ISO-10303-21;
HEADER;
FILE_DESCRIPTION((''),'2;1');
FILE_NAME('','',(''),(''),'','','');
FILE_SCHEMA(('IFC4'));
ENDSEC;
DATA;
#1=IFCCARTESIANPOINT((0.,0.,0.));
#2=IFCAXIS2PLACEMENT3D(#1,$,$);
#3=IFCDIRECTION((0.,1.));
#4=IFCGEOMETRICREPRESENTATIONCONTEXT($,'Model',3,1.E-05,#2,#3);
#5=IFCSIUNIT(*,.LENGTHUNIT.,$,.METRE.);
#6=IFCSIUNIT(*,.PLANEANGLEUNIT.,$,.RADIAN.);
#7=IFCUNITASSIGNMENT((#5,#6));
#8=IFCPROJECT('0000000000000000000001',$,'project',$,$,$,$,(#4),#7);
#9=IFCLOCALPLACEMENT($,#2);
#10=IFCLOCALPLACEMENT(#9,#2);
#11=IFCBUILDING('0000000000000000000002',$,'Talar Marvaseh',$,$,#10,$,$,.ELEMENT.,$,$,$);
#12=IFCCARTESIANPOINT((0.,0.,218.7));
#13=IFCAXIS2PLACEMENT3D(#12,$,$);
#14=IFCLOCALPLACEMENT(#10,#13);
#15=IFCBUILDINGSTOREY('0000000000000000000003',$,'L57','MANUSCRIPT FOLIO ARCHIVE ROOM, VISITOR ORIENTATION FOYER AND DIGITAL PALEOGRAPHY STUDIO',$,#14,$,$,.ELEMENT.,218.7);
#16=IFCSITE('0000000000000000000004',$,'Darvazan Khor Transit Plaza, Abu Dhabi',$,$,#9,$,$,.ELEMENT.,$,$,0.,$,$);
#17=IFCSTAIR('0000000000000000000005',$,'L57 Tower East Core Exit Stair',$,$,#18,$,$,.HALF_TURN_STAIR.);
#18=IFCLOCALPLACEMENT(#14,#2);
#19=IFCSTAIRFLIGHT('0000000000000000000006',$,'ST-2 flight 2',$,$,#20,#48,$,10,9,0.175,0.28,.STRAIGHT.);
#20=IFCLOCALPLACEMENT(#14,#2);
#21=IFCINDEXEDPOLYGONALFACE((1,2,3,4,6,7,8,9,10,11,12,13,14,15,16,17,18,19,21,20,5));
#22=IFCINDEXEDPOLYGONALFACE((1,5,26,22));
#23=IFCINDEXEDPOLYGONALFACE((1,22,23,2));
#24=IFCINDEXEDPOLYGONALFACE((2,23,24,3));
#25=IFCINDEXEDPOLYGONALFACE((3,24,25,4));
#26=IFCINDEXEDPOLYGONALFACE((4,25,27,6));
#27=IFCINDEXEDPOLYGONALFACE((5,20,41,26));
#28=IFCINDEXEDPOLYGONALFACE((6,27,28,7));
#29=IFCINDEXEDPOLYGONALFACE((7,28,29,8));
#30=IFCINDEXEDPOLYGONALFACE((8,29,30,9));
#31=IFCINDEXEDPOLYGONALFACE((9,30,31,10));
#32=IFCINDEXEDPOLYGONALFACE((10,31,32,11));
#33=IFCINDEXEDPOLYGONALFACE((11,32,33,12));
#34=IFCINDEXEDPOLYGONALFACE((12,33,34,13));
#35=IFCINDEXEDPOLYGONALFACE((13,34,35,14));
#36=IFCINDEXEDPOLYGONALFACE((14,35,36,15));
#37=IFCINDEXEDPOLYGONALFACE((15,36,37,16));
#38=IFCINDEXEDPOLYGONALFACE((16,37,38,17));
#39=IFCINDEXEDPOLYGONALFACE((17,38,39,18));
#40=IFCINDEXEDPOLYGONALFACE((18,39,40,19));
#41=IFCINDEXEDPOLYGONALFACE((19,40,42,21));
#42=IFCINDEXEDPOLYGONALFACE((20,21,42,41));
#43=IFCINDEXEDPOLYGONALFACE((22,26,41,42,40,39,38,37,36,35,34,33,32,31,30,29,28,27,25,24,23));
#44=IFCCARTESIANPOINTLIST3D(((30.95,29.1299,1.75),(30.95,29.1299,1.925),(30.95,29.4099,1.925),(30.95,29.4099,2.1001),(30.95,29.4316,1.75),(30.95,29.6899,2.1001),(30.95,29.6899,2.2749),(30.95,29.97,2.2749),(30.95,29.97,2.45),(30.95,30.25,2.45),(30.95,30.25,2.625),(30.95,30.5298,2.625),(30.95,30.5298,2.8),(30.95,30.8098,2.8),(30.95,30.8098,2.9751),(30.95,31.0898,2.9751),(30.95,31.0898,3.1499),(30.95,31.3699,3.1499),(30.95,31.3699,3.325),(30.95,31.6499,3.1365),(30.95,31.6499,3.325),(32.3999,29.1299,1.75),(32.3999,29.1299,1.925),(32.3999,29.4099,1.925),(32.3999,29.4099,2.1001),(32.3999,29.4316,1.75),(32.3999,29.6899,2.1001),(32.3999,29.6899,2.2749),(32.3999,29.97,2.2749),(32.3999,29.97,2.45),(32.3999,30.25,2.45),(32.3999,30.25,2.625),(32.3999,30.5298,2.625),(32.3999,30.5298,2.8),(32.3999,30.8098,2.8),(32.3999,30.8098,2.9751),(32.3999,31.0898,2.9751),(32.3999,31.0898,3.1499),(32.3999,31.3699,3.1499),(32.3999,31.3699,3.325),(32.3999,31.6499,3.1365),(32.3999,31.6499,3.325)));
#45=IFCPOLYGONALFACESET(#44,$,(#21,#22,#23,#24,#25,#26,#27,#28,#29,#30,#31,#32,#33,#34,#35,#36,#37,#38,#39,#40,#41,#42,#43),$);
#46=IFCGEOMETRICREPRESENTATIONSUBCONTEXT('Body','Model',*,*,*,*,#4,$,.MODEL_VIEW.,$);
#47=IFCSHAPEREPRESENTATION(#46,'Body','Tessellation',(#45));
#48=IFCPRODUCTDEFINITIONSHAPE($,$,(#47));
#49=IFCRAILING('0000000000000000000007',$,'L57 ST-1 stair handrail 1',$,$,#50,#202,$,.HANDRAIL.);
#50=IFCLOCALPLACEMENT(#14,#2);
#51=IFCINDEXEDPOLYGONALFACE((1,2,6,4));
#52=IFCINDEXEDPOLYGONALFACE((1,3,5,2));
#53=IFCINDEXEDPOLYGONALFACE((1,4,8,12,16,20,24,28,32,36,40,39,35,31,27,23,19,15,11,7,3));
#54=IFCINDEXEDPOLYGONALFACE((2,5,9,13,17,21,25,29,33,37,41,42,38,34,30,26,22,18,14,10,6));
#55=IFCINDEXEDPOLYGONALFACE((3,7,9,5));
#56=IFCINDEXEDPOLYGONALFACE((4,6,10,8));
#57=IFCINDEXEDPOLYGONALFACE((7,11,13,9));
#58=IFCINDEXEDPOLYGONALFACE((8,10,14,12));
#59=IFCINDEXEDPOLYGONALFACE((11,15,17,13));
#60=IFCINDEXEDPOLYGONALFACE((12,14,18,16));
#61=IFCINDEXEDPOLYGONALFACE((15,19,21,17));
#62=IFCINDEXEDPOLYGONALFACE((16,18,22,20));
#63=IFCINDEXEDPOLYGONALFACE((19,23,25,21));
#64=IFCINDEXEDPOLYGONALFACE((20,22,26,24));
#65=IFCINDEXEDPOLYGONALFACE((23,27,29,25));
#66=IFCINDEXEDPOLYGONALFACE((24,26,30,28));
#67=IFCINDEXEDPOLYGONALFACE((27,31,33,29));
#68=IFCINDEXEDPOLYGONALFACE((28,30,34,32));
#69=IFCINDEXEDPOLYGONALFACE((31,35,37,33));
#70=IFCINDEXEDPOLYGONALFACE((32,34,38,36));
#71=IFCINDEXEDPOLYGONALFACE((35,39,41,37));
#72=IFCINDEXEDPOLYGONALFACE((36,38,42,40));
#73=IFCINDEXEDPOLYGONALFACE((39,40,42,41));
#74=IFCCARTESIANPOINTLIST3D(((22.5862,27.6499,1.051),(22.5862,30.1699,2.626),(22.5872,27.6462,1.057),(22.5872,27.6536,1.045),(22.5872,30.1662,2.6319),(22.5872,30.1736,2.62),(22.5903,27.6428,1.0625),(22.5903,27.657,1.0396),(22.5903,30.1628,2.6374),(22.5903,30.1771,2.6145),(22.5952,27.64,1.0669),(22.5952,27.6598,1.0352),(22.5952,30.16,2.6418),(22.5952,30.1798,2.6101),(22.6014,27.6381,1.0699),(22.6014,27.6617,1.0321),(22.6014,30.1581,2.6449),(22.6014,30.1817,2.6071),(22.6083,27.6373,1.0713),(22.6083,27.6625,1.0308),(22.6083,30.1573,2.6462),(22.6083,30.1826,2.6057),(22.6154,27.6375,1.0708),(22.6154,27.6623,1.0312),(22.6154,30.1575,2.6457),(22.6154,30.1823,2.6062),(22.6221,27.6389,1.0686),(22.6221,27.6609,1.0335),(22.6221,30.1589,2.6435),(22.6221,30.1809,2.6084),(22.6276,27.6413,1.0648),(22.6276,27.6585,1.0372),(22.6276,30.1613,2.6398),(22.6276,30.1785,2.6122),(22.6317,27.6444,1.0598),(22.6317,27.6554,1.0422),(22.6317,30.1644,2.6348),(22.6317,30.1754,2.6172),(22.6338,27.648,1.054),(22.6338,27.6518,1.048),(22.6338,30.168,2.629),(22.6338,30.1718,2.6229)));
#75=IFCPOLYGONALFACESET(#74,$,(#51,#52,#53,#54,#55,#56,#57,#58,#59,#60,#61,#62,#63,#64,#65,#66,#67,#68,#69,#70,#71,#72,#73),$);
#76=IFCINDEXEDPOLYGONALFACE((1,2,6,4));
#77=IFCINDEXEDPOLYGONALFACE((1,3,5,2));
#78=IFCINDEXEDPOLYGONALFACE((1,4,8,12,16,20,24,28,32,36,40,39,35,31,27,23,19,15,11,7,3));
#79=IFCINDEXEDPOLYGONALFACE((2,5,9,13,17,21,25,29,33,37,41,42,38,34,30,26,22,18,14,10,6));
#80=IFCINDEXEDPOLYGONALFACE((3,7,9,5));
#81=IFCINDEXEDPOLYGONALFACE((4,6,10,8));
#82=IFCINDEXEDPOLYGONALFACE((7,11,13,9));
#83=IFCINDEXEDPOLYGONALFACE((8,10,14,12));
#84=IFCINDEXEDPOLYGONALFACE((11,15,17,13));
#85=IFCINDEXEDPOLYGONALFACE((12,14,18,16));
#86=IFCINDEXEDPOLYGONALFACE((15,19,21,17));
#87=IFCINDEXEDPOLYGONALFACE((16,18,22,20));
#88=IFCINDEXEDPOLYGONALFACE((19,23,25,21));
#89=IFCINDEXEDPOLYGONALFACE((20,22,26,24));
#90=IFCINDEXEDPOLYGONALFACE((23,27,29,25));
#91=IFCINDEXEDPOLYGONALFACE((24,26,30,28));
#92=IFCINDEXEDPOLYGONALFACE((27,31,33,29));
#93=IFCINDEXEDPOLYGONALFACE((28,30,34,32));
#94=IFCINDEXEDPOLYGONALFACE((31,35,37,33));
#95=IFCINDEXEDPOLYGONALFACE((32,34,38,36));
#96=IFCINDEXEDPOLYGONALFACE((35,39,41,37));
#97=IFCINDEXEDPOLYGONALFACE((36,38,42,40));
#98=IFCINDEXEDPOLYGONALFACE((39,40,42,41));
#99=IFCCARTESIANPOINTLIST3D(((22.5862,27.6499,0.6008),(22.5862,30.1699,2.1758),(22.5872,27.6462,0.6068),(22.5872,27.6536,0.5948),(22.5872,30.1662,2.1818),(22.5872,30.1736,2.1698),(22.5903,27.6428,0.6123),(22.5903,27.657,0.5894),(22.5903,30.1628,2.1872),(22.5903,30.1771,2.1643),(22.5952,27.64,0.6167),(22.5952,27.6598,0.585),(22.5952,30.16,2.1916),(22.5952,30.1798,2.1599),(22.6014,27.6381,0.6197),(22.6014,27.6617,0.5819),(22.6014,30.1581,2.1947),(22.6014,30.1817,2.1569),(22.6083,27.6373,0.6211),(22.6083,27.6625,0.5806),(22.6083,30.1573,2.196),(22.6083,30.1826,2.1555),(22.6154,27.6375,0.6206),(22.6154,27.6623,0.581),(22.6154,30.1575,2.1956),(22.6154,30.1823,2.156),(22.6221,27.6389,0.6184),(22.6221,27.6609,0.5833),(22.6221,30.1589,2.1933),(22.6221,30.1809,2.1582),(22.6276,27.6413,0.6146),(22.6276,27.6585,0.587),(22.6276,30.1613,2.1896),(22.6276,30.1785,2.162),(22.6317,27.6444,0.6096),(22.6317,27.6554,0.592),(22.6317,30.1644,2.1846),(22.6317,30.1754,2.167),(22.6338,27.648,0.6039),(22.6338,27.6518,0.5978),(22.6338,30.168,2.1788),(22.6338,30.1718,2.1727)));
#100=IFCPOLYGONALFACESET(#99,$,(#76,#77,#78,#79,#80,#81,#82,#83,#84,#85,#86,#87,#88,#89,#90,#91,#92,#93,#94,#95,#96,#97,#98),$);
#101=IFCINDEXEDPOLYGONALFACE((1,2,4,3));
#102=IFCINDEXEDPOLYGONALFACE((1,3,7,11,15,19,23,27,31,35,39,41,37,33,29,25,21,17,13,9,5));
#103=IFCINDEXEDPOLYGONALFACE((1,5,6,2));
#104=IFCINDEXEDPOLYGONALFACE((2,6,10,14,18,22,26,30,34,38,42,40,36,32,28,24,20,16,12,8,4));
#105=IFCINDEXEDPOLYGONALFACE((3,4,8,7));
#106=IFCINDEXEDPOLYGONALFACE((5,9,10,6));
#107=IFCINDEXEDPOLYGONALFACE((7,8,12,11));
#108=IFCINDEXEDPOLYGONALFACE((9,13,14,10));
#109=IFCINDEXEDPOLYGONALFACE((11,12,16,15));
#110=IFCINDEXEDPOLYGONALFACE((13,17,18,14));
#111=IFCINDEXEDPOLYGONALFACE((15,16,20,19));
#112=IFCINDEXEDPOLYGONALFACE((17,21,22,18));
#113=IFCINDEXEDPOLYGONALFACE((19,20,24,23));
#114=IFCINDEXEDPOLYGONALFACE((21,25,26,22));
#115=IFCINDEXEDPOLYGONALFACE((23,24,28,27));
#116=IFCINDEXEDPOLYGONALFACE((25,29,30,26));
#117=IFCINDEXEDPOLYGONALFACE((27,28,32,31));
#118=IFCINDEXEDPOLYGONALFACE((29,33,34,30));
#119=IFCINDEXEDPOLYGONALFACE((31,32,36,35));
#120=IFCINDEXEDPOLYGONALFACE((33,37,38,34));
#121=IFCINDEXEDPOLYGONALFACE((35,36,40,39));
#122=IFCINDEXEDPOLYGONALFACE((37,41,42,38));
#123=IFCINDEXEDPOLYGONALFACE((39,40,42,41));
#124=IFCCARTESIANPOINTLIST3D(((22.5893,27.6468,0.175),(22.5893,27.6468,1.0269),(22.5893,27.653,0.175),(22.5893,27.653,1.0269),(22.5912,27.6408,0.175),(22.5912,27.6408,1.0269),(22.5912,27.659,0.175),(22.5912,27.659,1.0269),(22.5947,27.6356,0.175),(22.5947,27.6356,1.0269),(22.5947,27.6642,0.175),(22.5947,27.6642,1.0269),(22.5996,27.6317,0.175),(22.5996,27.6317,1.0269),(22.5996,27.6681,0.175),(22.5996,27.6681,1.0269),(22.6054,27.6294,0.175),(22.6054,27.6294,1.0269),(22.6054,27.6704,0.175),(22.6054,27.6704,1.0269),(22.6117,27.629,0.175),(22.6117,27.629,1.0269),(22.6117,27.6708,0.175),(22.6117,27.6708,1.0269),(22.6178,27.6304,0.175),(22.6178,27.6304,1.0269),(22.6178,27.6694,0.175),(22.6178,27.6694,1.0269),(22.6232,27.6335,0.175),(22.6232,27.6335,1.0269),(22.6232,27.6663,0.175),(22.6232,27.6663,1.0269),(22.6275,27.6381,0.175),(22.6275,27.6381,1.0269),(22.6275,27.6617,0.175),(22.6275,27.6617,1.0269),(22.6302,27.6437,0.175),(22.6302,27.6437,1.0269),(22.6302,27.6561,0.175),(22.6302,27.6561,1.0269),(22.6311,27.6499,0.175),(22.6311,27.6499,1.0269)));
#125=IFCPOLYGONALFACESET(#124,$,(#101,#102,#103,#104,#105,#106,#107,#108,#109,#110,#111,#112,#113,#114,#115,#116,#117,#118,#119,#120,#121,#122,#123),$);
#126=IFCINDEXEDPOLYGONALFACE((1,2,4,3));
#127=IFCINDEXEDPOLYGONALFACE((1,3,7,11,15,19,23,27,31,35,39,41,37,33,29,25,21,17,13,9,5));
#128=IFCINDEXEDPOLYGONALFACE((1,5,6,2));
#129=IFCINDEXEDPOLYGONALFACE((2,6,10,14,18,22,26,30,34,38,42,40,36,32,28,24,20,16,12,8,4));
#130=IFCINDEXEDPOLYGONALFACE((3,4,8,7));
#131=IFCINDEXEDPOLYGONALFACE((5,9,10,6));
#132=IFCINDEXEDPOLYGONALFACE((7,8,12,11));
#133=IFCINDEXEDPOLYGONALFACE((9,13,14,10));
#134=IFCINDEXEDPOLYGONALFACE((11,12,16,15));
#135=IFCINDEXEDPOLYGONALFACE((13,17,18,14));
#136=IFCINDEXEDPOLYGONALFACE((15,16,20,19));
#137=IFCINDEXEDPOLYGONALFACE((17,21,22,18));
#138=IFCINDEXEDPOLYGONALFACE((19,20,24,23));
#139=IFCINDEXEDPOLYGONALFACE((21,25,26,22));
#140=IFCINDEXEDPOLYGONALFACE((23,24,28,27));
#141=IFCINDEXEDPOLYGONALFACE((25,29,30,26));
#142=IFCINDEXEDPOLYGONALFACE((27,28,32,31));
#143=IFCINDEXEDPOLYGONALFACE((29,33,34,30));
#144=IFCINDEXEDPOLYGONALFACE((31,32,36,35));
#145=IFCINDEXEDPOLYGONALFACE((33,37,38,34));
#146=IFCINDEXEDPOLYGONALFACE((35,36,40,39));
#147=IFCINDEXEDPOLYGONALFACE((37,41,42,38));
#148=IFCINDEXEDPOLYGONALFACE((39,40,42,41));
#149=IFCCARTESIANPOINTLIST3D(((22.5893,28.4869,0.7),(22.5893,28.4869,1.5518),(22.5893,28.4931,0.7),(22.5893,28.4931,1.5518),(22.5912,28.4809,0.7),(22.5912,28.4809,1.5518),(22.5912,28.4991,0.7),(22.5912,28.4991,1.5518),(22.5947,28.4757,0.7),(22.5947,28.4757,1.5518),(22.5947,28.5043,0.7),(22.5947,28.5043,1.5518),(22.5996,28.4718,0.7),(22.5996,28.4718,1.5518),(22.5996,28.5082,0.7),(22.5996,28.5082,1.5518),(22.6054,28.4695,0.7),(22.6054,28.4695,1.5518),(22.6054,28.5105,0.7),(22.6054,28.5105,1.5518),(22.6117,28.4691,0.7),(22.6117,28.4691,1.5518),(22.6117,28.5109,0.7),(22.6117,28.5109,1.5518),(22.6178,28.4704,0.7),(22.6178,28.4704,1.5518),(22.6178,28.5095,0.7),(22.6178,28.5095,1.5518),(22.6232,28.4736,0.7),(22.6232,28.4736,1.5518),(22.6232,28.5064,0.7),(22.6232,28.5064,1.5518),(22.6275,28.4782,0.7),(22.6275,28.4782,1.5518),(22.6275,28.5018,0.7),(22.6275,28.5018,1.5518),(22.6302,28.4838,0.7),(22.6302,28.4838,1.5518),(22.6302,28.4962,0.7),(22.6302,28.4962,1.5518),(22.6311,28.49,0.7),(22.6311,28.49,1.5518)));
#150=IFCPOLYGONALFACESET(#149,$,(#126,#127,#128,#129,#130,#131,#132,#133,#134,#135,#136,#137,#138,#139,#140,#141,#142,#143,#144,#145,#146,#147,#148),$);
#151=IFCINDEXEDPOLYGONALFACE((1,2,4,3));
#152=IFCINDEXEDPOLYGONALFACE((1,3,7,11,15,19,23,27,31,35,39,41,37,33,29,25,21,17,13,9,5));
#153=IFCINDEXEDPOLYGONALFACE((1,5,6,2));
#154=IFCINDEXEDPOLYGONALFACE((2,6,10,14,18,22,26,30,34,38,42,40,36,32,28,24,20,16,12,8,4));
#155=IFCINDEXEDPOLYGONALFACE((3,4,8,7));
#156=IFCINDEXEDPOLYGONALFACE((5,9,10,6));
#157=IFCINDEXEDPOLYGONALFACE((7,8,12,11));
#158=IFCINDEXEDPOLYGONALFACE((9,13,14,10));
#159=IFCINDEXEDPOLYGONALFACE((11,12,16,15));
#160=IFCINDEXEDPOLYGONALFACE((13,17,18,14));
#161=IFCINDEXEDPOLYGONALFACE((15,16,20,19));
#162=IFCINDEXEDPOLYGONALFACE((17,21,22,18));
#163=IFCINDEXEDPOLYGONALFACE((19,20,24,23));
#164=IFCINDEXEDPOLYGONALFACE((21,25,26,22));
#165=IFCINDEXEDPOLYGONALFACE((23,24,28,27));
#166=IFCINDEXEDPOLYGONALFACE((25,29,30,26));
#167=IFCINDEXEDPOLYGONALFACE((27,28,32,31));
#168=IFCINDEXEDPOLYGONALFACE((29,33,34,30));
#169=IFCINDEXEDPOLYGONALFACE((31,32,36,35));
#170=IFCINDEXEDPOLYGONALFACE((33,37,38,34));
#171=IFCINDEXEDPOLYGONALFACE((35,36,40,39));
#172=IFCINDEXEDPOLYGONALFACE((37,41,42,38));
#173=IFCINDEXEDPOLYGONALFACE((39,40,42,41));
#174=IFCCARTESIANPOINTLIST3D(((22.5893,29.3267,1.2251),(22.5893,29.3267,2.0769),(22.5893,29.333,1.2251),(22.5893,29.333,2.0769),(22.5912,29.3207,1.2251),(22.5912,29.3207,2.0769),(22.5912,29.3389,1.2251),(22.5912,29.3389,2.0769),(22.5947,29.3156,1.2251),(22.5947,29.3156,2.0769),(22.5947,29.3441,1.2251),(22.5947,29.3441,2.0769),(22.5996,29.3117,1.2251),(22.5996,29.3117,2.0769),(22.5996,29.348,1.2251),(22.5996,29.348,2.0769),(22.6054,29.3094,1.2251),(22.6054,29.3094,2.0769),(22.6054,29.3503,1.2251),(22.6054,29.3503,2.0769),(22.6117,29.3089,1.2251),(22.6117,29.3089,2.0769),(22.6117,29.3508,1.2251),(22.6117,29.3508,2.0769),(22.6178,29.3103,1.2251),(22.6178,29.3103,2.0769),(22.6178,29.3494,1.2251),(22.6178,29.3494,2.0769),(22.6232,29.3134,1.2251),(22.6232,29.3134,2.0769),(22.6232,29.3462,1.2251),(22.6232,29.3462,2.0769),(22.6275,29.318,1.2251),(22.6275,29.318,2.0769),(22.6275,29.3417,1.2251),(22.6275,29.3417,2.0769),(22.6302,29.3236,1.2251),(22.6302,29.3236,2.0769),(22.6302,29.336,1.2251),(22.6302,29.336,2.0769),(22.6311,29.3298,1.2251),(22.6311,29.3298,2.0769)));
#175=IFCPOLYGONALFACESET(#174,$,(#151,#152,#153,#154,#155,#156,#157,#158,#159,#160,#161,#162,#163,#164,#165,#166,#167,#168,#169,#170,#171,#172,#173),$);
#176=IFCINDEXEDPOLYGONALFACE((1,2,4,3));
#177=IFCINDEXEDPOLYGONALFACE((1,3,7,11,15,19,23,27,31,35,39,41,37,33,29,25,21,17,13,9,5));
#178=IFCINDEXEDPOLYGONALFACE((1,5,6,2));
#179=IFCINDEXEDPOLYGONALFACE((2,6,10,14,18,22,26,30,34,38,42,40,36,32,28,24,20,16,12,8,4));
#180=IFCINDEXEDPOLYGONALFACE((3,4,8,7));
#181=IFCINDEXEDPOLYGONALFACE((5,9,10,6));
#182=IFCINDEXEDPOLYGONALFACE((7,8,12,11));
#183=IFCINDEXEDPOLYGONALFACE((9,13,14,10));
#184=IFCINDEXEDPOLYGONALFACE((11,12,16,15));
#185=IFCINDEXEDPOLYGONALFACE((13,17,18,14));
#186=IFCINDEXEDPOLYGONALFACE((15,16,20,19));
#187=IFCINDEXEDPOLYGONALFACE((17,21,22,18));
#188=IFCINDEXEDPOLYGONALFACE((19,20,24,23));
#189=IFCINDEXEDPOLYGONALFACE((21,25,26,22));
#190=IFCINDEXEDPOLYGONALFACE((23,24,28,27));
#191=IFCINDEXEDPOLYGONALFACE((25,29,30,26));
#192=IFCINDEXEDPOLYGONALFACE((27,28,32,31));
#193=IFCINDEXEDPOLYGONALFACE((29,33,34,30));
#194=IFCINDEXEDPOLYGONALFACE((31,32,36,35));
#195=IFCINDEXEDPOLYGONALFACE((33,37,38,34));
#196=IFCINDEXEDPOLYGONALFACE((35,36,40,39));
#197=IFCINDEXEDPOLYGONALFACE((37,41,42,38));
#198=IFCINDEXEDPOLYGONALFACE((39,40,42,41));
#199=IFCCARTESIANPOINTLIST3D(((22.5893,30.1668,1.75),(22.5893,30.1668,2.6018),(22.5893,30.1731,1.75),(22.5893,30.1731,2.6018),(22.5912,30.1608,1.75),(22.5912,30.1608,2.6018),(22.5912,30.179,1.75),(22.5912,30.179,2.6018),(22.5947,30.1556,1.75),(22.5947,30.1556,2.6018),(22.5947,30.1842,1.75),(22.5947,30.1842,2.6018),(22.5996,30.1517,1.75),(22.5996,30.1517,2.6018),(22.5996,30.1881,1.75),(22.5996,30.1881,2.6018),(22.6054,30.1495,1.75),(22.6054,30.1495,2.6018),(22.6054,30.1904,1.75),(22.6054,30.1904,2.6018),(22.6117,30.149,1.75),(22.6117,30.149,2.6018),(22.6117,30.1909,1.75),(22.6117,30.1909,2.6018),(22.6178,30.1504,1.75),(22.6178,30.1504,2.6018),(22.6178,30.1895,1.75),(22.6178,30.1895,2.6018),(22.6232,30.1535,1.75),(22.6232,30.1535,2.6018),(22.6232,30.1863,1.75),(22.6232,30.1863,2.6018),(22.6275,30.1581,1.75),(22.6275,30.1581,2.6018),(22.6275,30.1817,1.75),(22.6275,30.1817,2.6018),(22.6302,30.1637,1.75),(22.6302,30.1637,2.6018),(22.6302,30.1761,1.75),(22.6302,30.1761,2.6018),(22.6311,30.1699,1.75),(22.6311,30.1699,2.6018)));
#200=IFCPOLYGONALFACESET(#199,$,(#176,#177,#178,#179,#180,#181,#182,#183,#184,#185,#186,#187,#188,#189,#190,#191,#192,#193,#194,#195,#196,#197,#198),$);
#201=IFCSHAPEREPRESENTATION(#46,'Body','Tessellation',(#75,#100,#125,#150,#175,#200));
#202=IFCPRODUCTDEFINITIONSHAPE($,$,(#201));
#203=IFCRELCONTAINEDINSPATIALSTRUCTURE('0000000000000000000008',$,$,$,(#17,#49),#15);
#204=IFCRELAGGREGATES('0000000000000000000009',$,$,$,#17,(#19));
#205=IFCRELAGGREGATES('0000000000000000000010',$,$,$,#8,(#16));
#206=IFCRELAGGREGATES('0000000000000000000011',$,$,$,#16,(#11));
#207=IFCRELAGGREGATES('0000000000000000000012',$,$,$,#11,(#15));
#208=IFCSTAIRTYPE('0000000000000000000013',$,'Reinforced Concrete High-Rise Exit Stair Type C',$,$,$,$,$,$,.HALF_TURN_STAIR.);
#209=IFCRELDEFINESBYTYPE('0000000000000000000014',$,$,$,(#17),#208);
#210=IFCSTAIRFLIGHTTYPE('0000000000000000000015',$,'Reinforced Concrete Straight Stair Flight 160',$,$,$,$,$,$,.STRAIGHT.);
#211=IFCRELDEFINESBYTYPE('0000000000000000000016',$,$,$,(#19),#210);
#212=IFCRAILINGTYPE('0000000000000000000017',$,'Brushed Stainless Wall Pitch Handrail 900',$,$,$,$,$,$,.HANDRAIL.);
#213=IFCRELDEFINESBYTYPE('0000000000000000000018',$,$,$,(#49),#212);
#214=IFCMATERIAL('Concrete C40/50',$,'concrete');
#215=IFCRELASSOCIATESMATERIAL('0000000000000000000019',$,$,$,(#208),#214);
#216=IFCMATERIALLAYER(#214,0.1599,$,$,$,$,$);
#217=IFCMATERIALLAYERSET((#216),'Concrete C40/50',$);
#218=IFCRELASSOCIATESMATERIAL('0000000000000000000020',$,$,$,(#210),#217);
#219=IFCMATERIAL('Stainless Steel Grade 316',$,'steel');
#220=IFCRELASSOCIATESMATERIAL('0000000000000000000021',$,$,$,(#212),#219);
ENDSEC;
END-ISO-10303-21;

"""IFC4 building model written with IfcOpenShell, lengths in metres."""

from ifc_helpers import new_model, si_unit, direction, frame, origin, origin_2d, place, context, subcontext, project, spatial, polyline, circle, outline, extrude, material, layer, layer_set, type_object, element, aggregate, save


model = new_model("IFC4")

# Units and contexts
model_context = context("Model", 3, precision=1e-05, world=origin(), true_north=direction((0.0, 1.0)))
body_context = subcontext(model_context, "Body", "Model", "MODEL_VIEW")
ifc_project = project(units=[si_unit("LENGTHUNIT", "METRE"), si_unit("PLANEANGLEUNIT", "RADIAN")], contexts=[model_context])

# Site, building, storey
site_placement = place(None, origin())
site = spatial("IfcSite", under=ifc_project, at=site_placement, Name="Darvazan Khor Transit Plaza, Abu Dhabi", CompositionType="ELEMENT", RefElevation=0.0)
building_placement = place(site_placement, origin())
building = spatial("IfcBuilding", under=site, at=building_placement, Name="Talar Marvaseh", CompositionType="ELEMENT")
storey_placement = place(building_placement, frame((0.0, 0.0, 218.7)))
storey = spatial("IfcBuildingStorey", under=building, at=storey_placement, Name="L57", Description="MANUSCRIPT FOLIO ARCHIVE ROOM, VISITOR ORIENTATION FOYER AND DIGITAL PALEOGRAPHY STUDIO", CompositionType="ELEMENT", Elevation=218.7)

# Shared definitions
ifc_material_1 = material(Name="Concrete C40/50", Category="concrete")

# Shared definitions
ifc_material_2 = material(Name="Stainless Steel Grade 316", Category="steel")

# Stair, stair flight
stair_type = type_object("IfcStairType", Name="Reinforced Concrete High-Rise Exit Stair Type C", PredefinedType="HALF_TURN_STAIR", material=ifc_material_1)
stair_placement = place(storey_placement, origin())
stair = element("IfcStair", 1, at=stair_placement, inside=storey, type_object=stair_type, Name="L57 Tower East Core Exit Stair", PredefinedType="HALF_TURN_STAIR")
ifc_layer_1 = layer(ifc_material_1, 0.1599)
ifc_layer_set_1 = layer_set([ifc_layer_1], Name="Concrete C40/50")
stair_flight_type = type_object("IfcStairFlightType", Name="Reinforced Concrete Straight Stair Flight 160", PredefinedType="STRAIGHT", material=ifc_layer_set_1)
stair_flight_1_placement = place(storey_placement, frame((31.675, 29.1299, 1.75), z_axis=(0.0, 0.0, 1.0), x_axis=(0.0, 1.0, 0.0)))
stair_flight_1 = element("IfcStairFlight", 2, at=stair_flight_1_placement, type_object=stair_flight_type, Name="ST-2 flight 2", NumberOfRisers=10, NumberOfTreads=9, PredefinedType="STRAIGHT", RiserHeight=0.175, TreadLength=0.28, context=body_context, shape_type="SweptSolid", body=[
    extrude(outline(polyline([(0.0, 0.0), (0.0, 0.175), (0.28, 0.175), (0.28, 0.3501), (0.5601, 0.3501), (0.5601, 0.5249), (0.8401, 0.5249), (0.8401, 0.7), (1.1201, 0.7), (1.1201, 0.875), (1.3999, 0.875), (1.3999, 1.05), (1.6799, 1.05), (1.6799, 1.2251), (1.96, 1.2251), (1.96, 1.3999), (2.24, 1.3999), (2.24, 1.575), (2.52, 1.575), (2.52, 1.75), (2.52, 1.3865), (0.3018, 0.0), (0.0, 0.0)])), frame((0.0, 0.7251, 0.0), z_axis=(0.0, -1.0, 0.0), x_axis=(1.0, 0.0, 0.0)), (0.0, 0.0, 1.0), 1.45),
])
aggregate(stair, [stair_flight_1])

# Railing
railing_type_1 = type_object("IfcRailingType", Name="Brushed Stainless Wall Pitch Handrail 900", PredefinedType="HANDRAIL", material=ifc_material_2)
railing_1_placement = place(storey_placement, frame((22.6101, 27.6499, 0.175)))
element("IfcRailing", 3, at=railing_1_placement, inside=storey, type_object=railing_type_1, Name="L57 ST-1 stair handrail 1", PredefinedType="HANDRAIL", context=body_context, shape_type="SweptSolid", body=[
    extrude(circle(Radius=0.0239, at=origin_2d()), frame((0.0, 0.0, 0.876), z_axis=(0.0, 0.848008, 0.529984), x_axis=(-1.0, 0.0, 0.0)), (0.0, 0.0, 1.0), 2.9717),
    extrude(circle(Radius=0.0239, at=origin_2d()), frame((0.0, 0.0, 0.4258), z_axis=(0.0, 0.848008, 0.529984), x_axis=(-1.0, 0.0, 0.0)), (0.0, 0.0, 1.0), 2.9717),
    extrude(circle(Radius=0.021, at=origin_2d()), origin(), (0.0, 0.0, 1.0), 0.8518),
    extrude(circle(Radius=0.021, at=origin_2d()), frame((0.0, 0.8401, 0.5249)), (0.0, 0.0, 1.0), 0.8518),
    extrude(circle(Radius=0.021, at=origin_2d()), frame((0.0, 1.6799, 1.05)), (0.0, 0.0, 1.0), 0.8518),
    extrude(circle(Radius=0.021, at=origin_2d()), frame((0.0, 2.52, 1.575)), (0.0, 0.0, 1.0), 0.8518),
])

save(model, "model.ifc")
